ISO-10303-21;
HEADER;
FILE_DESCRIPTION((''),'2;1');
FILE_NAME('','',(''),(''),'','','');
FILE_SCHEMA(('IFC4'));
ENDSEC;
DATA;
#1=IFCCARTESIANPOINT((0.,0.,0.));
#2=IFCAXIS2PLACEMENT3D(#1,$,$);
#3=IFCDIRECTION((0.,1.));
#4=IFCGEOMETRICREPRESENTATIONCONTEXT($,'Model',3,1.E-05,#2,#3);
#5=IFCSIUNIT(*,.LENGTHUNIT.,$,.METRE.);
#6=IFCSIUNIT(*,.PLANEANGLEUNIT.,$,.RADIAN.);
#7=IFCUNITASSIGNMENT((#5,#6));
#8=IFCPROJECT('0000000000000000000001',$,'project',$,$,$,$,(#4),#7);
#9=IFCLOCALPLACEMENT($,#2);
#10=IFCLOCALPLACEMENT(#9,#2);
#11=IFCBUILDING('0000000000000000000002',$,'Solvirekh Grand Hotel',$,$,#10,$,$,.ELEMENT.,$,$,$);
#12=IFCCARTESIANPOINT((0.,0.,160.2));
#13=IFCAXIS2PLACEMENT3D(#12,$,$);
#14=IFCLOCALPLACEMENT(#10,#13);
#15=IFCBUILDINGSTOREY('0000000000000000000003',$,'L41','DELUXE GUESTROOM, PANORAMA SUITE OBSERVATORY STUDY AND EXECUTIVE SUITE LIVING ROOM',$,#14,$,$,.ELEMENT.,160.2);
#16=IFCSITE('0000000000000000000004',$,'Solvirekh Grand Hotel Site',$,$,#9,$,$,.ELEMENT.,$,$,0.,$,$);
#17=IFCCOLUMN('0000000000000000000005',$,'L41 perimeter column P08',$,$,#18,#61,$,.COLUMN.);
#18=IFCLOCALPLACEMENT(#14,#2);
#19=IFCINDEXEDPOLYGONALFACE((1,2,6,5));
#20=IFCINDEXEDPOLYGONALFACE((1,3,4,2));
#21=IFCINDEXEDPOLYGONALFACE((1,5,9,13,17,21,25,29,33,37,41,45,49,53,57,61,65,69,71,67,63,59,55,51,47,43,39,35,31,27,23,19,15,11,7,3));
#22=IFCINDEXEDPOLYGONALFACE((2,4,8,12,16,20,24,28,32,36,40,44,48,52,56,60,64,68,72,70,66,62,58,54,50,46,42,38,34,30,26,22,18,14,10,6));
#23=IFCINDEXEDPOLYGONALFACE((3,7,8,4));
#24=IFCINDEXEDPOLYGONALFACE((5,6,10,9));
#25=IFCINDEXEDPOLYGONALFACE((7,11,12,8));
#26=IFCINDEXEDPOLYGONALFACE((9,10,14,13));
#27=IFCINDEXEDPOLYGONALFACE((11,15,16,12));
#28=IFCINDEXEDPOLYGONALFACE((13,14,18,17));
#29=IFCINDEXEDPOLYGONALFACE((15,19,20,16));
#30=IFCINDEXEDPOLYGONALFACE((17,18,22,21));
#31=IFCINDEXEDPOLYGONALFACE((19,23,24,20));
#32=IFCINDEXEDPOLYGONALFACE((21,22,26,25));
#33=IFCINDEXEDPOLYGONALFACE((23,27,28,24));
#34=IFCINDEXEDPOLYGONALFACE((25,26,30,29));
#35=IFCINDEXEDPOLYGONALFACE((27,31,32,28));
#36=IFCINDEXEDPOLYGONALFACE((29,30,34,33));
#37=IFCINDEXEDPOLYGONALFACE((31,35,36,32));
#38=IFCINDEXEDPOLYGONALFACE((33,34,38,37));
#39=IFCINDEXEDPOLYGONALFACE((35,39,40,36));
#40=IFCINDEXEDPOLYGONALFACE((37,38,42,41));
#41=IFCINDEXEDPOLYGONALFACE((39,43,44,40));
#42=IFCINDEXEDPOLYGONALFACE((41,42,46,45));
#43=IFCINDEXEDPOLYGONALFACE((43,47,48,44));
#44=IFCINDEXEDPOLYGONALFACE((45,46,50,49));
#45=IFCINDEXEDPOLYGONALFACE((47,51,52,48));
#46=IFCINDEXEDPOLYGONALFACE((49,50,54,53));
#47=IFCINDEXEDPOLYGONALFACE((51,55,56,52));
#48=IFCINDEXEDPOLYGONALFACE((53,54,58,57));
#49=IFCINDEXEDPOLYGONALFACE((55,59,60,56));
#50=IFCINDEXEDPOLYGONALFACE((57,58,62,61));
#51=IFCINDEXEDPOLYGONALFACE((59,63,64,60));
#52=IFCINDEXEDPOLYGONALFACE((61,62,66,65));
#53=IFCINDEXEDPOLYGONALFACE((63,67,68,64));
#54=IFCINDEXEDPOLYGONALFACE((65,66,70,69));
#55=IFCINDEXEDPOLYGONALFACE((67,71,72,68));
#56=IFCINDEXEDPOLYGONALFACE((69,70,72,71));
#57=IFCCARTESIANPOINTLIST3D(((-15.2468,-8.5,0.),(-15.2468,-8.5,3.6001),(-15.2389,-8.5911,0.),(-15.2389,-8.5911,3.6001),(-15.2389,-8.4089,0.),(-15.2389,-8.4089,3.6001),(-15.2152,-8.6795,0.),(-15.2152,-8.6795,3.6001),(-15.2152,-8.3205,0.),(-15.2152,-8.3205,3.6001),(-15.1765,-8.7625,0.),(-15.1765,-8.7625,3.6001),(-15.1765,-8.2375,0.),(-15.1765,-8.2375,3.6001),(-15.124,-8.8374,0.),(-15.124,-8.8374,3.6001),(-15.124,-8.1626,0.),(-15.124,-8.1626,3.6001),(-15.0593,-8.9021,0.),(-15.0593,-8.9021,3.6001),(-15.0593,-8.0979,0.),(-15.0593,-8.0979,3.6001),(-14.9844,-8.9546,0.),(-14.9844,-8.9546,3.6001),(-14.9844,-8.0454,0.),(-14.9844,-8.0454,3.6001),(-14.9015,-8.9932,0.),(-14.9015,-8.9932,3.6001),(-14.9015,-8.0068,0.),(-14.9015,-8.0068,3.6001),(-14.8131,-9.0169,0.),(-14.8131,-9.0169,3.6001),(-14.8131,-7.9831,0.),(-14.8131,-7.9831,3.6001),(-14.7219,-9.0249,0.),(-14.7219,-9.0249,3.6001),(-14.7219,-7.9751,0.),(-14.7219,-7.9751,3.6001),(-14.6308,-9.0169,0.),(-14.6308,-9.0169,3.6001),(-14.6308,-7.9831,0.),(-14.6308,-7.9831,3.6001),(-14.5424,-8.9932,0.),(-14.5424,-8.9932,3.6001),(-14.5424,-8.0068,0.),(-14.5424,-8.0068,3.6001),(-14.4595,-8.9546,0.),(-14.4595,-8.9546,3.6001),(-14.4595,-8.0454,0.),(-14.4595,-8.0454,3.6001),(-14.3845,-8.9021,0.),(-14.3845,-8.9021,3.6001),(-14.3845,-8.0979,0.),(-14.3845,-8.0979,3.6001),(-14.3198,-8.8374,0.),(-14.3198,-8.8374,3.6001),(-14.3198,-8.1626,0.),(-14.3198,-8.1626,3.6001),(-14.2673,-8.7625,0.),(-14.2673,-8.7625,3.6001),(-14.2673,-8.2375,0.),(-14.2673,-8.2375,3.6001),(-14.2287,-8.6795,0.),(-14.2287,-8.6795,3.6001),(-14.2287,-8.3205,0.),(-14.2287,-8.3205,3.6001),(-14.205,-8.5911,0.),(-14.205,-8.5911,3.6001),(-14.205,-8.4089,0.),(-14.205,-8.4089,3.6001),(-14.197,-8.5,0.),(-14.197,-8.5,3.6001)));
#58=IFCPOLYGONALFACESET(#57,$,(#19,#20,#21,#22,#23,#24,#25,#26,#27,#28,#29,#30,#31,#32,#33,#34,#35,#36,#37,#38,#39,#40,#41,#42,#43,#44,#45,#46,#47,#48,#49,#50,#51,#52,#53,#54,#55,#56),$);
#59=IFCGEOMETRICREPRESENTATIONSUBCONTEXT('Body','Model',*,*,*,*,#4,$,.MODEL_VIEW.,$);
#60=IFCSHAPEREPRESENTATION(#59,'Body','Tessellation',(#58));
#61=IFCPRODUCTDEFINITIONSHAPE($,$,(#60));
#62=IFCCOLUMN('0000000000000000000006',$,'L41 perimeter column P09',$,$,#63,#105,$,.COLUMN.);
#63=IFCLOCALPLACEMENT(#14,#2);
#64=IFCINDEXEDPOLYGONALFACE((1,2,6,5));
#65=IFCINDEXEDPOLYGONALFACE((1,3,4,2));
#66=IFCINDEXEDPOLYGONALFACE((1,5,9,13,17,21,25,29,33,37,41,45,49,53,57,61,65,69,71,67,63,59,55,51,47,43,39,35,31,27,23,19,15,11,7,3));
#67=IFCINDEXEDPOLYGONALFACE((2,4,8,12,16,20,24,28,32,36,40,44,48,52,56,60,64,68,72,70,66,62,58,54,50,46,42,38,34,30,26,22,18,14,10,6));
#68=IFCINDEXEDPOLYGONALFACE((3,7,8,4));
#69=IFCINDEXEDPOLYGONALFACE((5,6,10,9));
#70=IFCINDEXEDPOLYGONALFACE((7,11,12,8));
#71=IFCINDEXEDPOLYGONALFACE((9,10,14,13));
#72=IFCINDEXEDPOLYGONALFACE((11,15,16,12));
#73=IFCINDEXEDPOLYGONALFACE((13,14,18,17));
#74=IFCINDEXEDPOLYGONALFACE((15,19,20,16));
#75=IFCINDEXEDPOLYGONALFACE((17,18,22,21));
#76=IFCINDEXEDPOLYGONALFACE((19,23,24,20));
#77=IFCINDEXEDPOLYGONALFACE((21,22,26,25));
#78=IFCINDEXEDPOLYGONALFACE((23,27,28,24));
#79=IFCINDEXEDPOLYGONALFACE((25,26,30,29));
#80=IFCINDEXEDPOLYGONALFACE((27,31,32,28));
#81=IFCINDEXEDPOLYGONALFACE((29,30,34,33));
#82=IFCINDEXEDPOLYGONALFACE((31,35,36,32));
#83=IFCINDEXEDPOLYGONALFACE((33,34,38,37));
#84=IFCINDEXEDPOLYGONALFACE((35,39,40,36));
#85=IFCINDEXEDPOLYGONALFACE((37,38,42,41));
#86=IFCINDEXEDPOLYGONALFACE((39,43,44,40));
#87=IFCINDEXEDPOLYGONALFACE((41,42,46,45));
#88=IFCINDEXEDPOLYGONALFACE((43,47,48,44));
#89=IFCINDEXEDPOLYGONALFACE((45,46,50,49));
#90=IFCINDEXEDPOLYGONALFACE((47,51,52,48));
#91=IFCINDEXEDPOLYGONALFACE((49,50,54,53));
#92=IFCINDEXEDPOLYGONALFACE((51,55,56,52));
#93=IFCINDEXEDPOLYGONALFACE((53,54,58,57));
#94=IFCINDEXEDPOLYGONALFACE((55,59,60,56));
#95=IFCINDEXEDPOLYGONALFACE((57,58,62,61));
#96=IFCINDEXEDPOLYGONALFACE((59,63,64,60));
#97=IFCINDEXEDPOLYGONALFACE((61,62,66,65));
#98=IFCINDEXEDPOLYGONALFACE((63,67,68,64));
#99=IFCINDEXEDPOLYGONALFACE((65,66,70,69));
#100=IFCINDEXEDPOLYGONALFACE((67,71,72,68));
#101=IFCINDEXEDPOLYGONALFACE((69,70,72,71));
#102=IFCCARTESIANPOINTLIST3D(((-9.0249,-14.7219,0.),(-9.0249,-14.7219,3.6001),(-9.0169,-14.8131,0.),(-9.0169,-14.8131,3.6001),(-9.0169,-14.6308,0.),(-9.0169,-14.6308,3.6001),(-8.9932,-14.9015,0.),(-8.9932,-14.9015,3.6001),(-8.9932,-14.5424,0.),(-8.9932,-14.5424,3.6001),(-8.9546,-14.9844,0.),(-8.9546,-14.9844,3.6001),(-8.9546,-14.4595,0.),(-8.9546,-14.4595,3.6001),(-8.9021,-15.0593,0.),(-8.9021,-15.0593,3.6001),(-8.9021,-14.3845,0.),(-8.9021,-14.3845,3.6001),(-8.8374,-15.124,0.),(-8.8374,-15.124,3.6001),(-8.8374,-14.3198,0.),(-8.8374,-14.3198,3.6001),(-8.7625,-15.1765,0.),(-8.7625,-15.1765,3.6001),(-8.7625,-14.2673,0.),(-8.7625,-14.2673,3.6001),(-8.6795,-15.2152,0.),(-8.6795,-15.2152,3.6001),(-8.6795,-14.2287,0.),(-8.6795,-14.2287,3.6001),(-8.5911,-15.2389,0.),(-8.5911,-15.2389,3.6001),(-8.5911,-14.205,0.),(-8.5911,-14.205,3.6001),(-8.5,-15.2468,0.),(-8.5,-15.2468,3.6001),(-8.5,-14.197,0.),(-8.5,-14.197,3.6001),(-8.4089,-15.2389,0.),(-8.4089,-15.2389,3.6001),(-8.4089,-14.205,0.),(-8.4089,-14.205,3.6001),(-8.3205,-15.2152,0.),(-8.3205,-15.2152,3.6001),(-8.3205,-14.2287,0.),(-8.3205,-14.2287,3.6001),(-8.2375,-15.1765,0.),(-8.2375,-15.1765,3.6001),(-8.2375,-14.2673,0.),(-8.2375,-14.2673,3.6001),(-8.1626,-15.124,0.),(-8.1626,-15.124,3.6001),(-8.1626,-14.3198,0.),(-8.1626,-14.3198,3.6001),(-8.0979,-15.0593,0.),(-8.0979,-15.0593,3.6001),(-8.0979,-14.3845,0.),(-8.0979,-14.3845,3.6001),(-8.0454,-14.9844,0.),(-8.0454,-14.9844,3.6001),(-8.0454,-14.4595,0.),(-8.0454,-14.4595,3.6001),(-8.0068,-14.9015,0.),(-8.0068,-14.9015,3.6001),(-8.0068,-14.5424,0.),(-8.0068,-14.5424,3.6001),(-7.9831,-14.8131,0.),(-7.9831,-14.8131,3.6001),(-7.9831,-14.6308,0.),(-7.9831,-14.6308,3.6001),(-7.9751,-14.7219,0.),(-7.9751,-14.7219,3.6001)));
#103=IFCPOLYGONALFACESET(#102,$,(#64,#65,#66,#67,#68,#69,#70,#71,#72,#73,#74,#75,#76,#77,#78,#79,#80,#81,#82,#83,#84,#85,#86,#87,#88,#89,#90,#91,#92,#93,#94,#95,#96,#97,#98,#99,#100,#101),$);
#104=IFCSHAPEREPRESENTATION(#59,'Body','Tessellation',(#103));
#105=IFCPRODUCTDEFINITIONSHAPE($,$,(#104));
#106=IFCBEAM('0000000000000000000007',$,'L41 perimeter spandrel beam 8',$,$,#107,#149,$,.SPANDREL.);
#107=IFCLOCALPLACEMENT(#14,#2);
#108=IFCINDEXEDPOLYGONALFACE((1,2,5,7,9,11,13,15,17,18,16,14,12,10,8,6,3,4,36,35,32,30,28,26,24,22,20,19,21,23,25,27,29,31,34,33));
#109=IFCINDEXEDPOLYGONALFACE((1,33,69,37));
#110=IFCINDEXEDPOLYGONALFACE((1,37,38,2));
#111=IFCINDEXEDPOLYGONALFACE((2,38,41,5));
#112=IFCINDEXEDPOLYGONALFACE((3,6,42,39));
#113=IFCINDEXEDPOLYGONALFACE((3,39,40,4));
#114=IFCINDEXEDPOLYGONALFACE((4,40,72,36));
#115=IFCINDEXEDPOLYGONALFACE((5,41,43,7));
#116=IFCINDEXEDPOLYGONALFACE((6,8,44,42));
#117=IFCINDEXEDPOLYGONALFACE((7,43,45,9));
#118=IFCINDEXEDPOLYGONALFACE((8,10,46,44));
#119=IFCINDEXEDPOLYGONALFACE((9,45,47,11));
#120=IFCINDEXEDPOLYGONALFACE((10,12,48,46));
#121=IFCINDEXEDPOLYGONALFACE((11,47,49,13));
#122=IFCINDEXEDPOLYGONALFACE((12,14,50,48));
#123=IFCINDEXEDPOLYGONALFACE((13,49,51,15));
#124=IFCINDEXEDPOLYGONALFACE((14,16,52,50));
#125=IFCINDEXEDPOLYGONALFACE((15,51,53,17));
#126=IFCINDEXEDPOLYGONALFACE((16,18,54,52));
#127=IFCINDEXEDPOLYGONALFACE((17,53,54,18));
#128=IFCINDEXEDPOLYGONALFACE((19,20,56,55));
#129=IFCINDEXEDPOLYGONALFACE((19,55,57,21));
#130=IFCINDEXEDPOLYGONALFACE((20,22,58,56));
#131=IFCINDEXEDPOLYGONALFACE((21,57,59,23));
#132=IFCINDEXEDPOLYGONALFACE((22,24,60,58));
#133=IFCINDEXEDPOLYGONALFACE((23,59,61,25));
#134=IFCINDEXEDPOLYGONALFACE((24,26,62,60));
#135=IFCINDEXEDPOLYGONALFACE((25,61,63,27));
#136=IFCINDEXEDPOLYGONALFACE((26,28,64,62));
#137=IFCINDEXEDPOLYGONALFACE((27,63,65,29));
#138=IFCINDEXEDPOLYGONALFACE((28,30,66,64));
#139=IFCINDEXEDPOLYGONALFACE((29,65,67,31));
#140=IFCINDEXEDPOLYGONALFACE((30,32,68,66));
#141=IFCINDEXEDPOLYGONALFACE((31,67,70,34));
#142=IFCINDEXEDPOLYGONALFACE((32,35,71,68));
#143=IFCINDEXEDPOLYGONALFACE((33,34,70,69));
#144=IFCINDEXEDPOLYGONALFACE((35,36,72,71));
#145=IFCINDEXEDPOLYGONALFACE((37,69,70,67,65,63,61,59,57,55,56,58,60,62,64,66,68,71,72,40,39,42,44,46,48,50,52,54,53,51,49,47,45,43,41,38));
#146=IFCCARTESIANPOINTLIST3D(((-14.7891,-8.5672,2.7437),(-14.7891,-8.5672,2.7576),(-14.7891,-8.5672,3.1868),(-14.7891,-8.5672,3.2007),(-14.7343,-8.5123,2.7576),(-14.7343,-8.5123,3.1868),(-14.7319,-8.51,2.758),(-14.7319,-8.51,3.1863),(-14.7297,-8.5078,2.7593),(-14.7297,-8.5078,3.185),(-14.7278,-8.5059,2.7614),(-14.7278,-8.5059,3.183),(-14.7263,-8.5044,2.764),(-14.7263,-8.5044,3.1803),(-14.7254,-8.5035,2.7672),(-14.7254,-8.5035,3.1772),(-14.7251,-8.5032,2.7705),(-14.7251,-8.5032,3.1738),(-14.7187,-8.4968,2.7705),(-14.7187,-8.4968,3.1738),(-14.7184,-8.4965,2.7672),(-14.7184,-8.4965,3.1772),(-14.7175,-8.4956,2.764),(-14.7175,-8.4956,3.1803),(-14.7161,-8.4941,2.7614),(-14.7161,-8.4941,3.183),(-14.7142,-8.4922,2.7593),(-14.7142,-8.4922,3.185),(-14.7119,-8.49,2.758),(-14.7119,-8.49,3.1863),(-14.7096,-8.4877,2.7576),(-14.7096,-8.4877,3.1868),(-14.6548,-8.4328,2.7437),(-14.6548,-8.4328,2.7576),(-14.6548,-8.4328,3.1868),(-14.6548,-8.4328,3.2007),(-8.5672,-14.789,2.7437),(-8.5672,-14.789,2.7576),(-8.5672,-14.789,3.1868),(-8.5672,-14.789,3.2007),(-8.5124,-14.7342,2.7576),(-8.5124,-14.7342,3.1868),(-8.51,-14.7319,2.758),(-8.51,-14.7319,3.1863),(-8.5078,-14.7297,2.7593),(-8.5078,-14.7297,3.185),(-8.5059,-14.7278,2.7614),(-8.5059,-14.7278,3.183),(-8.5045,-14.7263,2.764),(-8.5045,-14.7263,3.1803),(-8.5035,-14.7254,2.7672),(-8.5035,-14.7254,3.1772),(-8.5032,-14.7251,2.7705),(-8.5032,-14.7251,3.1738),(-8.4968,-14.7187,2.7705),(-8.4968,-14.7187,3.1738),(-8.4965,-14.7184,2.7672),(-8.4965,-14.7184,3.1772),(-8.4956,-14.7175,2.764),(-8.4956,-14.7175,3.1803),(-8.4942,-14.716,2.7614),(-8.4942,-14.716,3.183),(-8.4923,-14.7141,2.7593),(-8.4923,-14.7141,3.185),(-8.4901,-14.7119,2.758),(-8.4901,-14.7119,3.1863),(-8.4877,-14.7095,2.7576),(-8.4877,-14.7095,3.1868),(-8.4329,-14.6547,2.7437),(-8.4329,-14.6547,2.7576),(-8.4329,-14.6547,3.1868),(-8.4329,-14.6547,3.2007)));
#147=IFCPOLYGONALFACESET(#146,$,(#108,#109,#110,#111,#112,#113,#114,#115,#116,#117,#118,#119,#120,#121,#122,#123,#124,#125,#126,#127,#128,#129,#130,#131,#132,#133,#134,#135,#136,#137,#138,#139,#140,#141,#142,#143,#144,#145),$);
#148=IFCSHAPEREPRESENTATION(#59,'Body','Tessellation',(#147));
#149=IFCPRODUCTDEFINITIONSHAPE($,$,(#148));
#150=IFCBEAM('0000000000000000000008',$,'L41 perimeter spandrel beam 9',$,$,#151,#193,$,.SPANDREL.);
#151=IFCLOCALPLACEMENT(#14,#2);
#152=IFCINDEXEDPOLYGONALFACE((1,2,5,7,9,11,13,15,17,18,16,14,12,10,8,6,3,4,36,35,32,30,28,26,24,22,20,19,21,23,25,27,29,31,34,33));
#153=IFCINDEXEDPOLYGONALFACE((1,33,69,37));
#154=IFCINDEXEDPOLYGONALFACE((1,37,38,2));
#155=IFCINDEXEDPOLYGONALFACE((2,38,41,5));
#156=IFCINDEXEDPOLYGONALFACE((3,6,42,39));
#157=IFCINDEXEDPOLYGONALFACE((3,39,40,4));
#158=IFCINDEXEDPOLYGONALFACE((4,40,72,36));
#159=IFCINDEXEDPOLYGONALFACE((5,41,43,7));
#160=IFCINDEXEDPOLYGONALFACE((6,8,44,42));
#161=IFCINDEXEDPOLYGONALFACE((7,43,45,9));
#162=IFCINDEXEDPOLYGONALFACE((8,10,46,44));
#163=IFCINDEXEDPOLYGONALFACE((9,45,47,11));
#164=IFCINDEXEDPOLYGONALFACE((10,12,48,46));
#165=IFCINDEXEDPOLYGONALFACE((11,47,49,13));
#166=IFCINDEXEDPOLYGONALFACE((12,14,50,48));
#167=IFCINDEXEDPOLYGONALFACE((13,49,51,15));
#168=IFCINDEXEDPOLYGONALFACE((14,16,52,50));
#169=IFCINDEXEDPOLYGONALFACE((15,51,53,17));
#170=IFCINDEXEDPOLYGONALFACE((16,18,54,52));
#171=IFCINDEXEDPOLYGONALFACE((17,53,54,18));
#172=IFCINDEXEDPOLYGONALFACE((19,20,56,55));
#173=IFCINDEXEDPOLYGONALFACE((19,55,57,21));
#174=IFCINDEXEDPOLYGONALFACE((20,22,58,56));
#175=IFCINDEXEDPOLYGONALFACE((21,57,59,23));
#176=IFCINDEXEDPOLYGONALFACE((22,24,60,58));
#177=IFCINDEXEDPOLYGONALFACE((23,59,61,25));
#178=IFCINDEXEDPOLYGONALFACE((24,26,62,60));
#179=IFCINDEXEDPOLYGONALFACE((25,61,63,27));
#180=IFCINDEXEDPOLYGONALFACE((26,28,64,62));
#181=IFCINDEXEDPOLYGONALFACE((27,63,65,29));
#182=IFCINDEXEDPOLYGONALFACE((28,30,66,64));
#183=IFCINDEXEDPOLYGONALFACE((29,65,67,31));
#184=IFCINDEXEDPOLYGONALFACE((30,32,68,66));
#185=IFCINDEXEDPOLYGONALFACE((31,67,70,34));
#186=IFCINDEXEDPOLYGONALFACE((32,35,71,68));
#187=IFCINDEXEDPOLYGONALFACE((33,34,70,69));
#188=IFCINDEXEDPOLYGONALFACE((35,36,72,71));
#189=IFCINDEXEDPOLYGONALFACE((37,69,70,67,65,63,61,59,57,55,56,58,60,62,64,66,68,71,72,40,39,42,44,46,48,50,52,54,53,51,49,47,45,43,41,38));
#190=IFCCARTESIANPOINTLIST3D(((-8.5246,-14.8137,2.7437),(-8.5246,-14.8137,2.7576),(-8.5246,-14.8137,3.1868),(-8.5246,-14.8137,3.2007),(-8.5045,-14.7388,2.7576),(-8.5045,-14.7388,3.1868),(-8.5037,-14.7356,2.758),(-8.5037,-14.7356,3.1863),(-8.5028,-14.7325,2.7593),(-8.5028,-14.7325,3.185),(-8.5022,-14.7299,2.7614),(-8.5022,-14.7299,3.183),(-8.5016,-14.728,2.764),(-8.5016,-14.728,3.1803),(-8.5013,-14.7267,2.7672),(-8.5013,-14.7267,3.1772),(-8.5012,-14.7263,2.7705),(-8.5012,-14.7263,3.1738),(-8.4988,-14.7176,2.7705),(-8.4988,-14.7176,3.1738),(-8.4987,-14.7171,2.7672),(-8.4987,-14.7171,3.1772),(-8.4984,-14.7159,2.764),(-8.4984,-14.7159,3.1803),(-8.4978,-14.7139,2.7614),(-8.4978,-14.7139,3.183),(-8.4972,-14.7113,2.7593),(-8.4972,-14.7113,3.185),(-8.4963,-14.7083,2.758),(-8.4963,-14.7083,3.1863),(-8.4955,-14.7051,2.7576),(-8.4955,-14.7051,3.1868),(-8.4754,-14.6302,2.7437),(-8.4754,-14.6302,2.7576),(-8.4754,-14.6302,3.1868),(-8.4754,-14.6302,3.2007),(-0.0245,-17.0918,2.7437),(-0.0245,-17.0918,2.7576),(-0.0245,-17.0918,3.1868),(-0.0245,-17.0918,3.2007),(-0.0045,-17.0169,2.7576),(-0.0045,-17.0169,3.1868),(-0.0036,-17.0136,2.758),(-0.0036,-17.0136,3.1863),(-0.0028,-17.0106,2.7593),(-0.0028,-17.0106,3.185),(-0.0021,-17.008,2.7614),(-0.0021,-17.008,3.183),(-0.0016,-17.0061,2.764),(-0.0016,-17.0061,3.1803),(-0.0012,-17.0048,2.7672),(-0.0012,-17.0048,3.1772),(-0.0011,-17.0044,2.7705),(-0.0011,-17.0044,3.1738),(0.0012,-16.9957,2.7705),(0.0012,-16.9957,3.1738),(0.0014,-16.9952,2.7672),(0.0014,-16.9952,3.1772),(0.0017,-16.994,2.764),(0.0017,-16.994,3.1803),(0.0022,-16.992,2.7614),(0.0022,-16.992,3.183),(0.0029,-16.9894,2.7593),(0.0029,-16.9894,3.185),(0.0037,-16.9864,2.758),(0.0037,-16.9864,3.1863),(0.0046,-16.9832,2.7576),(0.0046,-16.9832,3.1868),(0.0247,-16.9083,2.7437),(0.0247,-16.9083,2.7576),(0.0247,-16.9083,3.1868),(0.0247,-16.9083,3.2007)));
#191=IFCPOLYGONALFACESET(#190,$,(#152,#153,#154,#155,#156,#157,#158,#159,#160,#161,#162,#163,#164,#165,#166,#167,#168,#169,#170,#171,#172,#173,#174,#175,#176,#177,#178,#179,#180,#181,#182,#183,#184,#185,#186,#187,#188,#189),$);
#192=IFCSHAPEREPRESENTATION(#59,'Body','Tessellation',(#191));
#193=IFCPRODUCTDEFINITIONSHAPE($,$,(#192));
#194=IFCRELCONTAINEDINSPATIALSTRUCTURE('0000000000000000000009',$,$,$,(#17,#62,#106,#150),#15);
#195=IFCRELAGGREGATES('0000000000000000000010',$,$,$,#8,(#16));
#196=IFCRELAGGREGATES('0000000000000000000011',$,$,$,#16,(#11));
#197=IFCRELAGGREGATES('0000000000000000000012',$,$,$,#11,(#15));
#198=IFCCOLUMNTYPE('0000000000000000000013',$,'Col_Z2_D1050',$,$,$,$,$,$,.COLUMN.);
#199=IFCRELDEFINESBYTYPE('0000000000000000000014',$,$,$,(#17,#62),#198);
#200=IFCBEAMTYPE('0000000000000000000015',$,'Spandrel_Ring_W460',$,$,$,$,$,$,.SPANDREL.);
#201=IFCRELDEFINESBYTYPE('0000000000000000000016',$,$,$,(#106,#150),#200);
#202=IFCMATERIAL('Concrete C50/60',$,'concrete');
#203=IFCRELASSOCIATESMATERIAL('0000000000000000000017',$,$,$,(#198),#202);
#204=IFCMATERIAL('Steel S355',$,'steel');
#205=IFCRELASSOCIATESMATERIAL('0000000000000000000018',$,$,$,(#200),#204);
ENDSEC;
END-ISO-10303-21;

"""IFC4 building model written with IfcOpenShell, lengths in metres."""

from ifc_helpers import new_model, si_unit, direction, frame, origin, origin_2d, place, context, subcontext, project, spatial, circle, i_section, extrude, material, material_profile, profile_set, type_object, element, save


model = new_model("IFC4")

# Units and contexts
model_context = context("Model", 3, precision=1e-05, world=origin(), true_north=direction((0.0, 1.0)))
body_context = subcontext(model_context, "Body", "Model", "MODEL_VIEW")
ifc_project = project(units=[si_unit("LENGTHUNIT", "METRE"), si_unit("PLANEANGLEUNIT", "RADIAN")], contexts=[model_context])

# Site, building, storey
site_placement = place(None, origin())
site = spatial("IfcSite", under=ifc_project, at=site_placement, Name="Solvirekh Grand Hotel Site", CompositionType="ELEMENT", RefElevation=0.0)
building_placement = place(site_placement, origin())
building = spatial("IfcBuilding", under=site, at=building_placement, Name="Solvirekh Grand Hotel", CompositionType="ELEMENT")
storey_placement = place(building_placement, frame((0.0, 0.0, 160.2)))
storey = spatial("IfcBuildingStorey", under=building, at=storey_placement, Name="L41", Description="DELUXE GUESTROOM, PANORAMA SUITE OBSERVATORY STUDY AND EXECUTIVE SUITE LIVING ROOM", CompositionType="ELEMENT", Elevation=160.2)

# Columns
ifc_material_1 = material(Name="Concrete C50/60", Category="concrete")
ifc_material_profile_1 = material_profile(ifc_material_1, circle(Radius=0.5249, at=origin_2d()), Name="RC CIRC D1050")
ifc_profile_set_1 = profile_set([ifc_material_profile_1], Name="Concrete C50/60")
column_type = type_object("IfcColumnType", Name="Col_Z2_D1050", PredefinedType="COLUMN", material=ifc_profile_set_1)
for number, where, z_axis, x_axis, name in (
    (1, (-14.7219, -8.5, 0.0), (0.0, 0.0, 1.0), (1.0, 0.0, 0.0), "L41 perimeter column P08"),
    (2, (-8.5, -14.7219, 0.0), (0.0, 0.0, 1.0), (1.0, 0.0, 0.0), "L41 perimeter column P09"),
):
    element("IfcColumn", number, at=place(storey_placement, frame(where, z_axis=z_axis, x_axis=x_axis)), inside=storey, type_object=column_type, Name=name, PredefinedType="COLUMN", context=body_context, shape_type="SweptSolid", body=[
        extrude(circle(Radius=0.5249, at=origin_2d()), origin(), (0.0, 0.0, 1.0), 3.6001),
    ])

# Beams
ifc_material_2 = material(Name="Steel S355", Category="steel")
ifc_material_profile_2 = material_profile(ifc_material_2, i_section(OverallWidth=0.1899, OverallDepth=0.457, WebThickness=0.009, FlangeThickness=0.0139, FilletRadius=0.0129, at=origin_2d()), Name="W460X74")
ifc_profile_set_2 = profile_set([ifc_material_profile_2], Name="Steel S355")
beam_type_1 = type_object("IfcBeamType", Name="Spandrel_Ring_W460", PredefinedType="SPANDREL", material=ifc_profile_set_2)
beam_1_placement = place(storey_placement, frame((-14.7219, -8.5, 2.9722), z_axis=(0.707107, -0.707107, 0.0), x_axis=(0.707107, 0.707107, 0.0)))
element("IfcBeam", 3, at=beam_1_placement, inside=storey, type_object=beam_type_1, Name="L41 perimeter spandrel beam 8", PredefinedType="SPANDREL", context=body_context, shape_type="SweptSolid", body=[
    extrude(i_section(OverallWidth=0.1899, OverallDepth=0.457, WebThickness=0.009, FlangeThickness=0.0139, FilletRadius=0.0129, at=origin_2d()), origin(), (0.0, 0.0, 1.0), 8.7991),
])
beam_2_placement = place(storey_placement, frame((-8.5, -14.7219, 2.9722), z_axis=(0.965911, -0.258873, 0.0), x_axis=(0.258873, 0.965911, 0.0)))
element("IfcBeam", 4, at=beam_2_placement, inside=storey, type_object=beam_type_1, Name="L41 perimeter spandrel beam 9", PredefinedType="SPANDREL", context=body_context, shape_type="SweptSolid", body=[
    extrude(i_section(OverallWidth=0.1899, OverallDepth=0.457, WebThickness=0.009, FlangeThickness=0.0139, FilletRadius=0.0129, at=origin_2d()), origin(), (0.0, 0.0, 1.0), 8.8),
])

save(model, "model.ifc")
